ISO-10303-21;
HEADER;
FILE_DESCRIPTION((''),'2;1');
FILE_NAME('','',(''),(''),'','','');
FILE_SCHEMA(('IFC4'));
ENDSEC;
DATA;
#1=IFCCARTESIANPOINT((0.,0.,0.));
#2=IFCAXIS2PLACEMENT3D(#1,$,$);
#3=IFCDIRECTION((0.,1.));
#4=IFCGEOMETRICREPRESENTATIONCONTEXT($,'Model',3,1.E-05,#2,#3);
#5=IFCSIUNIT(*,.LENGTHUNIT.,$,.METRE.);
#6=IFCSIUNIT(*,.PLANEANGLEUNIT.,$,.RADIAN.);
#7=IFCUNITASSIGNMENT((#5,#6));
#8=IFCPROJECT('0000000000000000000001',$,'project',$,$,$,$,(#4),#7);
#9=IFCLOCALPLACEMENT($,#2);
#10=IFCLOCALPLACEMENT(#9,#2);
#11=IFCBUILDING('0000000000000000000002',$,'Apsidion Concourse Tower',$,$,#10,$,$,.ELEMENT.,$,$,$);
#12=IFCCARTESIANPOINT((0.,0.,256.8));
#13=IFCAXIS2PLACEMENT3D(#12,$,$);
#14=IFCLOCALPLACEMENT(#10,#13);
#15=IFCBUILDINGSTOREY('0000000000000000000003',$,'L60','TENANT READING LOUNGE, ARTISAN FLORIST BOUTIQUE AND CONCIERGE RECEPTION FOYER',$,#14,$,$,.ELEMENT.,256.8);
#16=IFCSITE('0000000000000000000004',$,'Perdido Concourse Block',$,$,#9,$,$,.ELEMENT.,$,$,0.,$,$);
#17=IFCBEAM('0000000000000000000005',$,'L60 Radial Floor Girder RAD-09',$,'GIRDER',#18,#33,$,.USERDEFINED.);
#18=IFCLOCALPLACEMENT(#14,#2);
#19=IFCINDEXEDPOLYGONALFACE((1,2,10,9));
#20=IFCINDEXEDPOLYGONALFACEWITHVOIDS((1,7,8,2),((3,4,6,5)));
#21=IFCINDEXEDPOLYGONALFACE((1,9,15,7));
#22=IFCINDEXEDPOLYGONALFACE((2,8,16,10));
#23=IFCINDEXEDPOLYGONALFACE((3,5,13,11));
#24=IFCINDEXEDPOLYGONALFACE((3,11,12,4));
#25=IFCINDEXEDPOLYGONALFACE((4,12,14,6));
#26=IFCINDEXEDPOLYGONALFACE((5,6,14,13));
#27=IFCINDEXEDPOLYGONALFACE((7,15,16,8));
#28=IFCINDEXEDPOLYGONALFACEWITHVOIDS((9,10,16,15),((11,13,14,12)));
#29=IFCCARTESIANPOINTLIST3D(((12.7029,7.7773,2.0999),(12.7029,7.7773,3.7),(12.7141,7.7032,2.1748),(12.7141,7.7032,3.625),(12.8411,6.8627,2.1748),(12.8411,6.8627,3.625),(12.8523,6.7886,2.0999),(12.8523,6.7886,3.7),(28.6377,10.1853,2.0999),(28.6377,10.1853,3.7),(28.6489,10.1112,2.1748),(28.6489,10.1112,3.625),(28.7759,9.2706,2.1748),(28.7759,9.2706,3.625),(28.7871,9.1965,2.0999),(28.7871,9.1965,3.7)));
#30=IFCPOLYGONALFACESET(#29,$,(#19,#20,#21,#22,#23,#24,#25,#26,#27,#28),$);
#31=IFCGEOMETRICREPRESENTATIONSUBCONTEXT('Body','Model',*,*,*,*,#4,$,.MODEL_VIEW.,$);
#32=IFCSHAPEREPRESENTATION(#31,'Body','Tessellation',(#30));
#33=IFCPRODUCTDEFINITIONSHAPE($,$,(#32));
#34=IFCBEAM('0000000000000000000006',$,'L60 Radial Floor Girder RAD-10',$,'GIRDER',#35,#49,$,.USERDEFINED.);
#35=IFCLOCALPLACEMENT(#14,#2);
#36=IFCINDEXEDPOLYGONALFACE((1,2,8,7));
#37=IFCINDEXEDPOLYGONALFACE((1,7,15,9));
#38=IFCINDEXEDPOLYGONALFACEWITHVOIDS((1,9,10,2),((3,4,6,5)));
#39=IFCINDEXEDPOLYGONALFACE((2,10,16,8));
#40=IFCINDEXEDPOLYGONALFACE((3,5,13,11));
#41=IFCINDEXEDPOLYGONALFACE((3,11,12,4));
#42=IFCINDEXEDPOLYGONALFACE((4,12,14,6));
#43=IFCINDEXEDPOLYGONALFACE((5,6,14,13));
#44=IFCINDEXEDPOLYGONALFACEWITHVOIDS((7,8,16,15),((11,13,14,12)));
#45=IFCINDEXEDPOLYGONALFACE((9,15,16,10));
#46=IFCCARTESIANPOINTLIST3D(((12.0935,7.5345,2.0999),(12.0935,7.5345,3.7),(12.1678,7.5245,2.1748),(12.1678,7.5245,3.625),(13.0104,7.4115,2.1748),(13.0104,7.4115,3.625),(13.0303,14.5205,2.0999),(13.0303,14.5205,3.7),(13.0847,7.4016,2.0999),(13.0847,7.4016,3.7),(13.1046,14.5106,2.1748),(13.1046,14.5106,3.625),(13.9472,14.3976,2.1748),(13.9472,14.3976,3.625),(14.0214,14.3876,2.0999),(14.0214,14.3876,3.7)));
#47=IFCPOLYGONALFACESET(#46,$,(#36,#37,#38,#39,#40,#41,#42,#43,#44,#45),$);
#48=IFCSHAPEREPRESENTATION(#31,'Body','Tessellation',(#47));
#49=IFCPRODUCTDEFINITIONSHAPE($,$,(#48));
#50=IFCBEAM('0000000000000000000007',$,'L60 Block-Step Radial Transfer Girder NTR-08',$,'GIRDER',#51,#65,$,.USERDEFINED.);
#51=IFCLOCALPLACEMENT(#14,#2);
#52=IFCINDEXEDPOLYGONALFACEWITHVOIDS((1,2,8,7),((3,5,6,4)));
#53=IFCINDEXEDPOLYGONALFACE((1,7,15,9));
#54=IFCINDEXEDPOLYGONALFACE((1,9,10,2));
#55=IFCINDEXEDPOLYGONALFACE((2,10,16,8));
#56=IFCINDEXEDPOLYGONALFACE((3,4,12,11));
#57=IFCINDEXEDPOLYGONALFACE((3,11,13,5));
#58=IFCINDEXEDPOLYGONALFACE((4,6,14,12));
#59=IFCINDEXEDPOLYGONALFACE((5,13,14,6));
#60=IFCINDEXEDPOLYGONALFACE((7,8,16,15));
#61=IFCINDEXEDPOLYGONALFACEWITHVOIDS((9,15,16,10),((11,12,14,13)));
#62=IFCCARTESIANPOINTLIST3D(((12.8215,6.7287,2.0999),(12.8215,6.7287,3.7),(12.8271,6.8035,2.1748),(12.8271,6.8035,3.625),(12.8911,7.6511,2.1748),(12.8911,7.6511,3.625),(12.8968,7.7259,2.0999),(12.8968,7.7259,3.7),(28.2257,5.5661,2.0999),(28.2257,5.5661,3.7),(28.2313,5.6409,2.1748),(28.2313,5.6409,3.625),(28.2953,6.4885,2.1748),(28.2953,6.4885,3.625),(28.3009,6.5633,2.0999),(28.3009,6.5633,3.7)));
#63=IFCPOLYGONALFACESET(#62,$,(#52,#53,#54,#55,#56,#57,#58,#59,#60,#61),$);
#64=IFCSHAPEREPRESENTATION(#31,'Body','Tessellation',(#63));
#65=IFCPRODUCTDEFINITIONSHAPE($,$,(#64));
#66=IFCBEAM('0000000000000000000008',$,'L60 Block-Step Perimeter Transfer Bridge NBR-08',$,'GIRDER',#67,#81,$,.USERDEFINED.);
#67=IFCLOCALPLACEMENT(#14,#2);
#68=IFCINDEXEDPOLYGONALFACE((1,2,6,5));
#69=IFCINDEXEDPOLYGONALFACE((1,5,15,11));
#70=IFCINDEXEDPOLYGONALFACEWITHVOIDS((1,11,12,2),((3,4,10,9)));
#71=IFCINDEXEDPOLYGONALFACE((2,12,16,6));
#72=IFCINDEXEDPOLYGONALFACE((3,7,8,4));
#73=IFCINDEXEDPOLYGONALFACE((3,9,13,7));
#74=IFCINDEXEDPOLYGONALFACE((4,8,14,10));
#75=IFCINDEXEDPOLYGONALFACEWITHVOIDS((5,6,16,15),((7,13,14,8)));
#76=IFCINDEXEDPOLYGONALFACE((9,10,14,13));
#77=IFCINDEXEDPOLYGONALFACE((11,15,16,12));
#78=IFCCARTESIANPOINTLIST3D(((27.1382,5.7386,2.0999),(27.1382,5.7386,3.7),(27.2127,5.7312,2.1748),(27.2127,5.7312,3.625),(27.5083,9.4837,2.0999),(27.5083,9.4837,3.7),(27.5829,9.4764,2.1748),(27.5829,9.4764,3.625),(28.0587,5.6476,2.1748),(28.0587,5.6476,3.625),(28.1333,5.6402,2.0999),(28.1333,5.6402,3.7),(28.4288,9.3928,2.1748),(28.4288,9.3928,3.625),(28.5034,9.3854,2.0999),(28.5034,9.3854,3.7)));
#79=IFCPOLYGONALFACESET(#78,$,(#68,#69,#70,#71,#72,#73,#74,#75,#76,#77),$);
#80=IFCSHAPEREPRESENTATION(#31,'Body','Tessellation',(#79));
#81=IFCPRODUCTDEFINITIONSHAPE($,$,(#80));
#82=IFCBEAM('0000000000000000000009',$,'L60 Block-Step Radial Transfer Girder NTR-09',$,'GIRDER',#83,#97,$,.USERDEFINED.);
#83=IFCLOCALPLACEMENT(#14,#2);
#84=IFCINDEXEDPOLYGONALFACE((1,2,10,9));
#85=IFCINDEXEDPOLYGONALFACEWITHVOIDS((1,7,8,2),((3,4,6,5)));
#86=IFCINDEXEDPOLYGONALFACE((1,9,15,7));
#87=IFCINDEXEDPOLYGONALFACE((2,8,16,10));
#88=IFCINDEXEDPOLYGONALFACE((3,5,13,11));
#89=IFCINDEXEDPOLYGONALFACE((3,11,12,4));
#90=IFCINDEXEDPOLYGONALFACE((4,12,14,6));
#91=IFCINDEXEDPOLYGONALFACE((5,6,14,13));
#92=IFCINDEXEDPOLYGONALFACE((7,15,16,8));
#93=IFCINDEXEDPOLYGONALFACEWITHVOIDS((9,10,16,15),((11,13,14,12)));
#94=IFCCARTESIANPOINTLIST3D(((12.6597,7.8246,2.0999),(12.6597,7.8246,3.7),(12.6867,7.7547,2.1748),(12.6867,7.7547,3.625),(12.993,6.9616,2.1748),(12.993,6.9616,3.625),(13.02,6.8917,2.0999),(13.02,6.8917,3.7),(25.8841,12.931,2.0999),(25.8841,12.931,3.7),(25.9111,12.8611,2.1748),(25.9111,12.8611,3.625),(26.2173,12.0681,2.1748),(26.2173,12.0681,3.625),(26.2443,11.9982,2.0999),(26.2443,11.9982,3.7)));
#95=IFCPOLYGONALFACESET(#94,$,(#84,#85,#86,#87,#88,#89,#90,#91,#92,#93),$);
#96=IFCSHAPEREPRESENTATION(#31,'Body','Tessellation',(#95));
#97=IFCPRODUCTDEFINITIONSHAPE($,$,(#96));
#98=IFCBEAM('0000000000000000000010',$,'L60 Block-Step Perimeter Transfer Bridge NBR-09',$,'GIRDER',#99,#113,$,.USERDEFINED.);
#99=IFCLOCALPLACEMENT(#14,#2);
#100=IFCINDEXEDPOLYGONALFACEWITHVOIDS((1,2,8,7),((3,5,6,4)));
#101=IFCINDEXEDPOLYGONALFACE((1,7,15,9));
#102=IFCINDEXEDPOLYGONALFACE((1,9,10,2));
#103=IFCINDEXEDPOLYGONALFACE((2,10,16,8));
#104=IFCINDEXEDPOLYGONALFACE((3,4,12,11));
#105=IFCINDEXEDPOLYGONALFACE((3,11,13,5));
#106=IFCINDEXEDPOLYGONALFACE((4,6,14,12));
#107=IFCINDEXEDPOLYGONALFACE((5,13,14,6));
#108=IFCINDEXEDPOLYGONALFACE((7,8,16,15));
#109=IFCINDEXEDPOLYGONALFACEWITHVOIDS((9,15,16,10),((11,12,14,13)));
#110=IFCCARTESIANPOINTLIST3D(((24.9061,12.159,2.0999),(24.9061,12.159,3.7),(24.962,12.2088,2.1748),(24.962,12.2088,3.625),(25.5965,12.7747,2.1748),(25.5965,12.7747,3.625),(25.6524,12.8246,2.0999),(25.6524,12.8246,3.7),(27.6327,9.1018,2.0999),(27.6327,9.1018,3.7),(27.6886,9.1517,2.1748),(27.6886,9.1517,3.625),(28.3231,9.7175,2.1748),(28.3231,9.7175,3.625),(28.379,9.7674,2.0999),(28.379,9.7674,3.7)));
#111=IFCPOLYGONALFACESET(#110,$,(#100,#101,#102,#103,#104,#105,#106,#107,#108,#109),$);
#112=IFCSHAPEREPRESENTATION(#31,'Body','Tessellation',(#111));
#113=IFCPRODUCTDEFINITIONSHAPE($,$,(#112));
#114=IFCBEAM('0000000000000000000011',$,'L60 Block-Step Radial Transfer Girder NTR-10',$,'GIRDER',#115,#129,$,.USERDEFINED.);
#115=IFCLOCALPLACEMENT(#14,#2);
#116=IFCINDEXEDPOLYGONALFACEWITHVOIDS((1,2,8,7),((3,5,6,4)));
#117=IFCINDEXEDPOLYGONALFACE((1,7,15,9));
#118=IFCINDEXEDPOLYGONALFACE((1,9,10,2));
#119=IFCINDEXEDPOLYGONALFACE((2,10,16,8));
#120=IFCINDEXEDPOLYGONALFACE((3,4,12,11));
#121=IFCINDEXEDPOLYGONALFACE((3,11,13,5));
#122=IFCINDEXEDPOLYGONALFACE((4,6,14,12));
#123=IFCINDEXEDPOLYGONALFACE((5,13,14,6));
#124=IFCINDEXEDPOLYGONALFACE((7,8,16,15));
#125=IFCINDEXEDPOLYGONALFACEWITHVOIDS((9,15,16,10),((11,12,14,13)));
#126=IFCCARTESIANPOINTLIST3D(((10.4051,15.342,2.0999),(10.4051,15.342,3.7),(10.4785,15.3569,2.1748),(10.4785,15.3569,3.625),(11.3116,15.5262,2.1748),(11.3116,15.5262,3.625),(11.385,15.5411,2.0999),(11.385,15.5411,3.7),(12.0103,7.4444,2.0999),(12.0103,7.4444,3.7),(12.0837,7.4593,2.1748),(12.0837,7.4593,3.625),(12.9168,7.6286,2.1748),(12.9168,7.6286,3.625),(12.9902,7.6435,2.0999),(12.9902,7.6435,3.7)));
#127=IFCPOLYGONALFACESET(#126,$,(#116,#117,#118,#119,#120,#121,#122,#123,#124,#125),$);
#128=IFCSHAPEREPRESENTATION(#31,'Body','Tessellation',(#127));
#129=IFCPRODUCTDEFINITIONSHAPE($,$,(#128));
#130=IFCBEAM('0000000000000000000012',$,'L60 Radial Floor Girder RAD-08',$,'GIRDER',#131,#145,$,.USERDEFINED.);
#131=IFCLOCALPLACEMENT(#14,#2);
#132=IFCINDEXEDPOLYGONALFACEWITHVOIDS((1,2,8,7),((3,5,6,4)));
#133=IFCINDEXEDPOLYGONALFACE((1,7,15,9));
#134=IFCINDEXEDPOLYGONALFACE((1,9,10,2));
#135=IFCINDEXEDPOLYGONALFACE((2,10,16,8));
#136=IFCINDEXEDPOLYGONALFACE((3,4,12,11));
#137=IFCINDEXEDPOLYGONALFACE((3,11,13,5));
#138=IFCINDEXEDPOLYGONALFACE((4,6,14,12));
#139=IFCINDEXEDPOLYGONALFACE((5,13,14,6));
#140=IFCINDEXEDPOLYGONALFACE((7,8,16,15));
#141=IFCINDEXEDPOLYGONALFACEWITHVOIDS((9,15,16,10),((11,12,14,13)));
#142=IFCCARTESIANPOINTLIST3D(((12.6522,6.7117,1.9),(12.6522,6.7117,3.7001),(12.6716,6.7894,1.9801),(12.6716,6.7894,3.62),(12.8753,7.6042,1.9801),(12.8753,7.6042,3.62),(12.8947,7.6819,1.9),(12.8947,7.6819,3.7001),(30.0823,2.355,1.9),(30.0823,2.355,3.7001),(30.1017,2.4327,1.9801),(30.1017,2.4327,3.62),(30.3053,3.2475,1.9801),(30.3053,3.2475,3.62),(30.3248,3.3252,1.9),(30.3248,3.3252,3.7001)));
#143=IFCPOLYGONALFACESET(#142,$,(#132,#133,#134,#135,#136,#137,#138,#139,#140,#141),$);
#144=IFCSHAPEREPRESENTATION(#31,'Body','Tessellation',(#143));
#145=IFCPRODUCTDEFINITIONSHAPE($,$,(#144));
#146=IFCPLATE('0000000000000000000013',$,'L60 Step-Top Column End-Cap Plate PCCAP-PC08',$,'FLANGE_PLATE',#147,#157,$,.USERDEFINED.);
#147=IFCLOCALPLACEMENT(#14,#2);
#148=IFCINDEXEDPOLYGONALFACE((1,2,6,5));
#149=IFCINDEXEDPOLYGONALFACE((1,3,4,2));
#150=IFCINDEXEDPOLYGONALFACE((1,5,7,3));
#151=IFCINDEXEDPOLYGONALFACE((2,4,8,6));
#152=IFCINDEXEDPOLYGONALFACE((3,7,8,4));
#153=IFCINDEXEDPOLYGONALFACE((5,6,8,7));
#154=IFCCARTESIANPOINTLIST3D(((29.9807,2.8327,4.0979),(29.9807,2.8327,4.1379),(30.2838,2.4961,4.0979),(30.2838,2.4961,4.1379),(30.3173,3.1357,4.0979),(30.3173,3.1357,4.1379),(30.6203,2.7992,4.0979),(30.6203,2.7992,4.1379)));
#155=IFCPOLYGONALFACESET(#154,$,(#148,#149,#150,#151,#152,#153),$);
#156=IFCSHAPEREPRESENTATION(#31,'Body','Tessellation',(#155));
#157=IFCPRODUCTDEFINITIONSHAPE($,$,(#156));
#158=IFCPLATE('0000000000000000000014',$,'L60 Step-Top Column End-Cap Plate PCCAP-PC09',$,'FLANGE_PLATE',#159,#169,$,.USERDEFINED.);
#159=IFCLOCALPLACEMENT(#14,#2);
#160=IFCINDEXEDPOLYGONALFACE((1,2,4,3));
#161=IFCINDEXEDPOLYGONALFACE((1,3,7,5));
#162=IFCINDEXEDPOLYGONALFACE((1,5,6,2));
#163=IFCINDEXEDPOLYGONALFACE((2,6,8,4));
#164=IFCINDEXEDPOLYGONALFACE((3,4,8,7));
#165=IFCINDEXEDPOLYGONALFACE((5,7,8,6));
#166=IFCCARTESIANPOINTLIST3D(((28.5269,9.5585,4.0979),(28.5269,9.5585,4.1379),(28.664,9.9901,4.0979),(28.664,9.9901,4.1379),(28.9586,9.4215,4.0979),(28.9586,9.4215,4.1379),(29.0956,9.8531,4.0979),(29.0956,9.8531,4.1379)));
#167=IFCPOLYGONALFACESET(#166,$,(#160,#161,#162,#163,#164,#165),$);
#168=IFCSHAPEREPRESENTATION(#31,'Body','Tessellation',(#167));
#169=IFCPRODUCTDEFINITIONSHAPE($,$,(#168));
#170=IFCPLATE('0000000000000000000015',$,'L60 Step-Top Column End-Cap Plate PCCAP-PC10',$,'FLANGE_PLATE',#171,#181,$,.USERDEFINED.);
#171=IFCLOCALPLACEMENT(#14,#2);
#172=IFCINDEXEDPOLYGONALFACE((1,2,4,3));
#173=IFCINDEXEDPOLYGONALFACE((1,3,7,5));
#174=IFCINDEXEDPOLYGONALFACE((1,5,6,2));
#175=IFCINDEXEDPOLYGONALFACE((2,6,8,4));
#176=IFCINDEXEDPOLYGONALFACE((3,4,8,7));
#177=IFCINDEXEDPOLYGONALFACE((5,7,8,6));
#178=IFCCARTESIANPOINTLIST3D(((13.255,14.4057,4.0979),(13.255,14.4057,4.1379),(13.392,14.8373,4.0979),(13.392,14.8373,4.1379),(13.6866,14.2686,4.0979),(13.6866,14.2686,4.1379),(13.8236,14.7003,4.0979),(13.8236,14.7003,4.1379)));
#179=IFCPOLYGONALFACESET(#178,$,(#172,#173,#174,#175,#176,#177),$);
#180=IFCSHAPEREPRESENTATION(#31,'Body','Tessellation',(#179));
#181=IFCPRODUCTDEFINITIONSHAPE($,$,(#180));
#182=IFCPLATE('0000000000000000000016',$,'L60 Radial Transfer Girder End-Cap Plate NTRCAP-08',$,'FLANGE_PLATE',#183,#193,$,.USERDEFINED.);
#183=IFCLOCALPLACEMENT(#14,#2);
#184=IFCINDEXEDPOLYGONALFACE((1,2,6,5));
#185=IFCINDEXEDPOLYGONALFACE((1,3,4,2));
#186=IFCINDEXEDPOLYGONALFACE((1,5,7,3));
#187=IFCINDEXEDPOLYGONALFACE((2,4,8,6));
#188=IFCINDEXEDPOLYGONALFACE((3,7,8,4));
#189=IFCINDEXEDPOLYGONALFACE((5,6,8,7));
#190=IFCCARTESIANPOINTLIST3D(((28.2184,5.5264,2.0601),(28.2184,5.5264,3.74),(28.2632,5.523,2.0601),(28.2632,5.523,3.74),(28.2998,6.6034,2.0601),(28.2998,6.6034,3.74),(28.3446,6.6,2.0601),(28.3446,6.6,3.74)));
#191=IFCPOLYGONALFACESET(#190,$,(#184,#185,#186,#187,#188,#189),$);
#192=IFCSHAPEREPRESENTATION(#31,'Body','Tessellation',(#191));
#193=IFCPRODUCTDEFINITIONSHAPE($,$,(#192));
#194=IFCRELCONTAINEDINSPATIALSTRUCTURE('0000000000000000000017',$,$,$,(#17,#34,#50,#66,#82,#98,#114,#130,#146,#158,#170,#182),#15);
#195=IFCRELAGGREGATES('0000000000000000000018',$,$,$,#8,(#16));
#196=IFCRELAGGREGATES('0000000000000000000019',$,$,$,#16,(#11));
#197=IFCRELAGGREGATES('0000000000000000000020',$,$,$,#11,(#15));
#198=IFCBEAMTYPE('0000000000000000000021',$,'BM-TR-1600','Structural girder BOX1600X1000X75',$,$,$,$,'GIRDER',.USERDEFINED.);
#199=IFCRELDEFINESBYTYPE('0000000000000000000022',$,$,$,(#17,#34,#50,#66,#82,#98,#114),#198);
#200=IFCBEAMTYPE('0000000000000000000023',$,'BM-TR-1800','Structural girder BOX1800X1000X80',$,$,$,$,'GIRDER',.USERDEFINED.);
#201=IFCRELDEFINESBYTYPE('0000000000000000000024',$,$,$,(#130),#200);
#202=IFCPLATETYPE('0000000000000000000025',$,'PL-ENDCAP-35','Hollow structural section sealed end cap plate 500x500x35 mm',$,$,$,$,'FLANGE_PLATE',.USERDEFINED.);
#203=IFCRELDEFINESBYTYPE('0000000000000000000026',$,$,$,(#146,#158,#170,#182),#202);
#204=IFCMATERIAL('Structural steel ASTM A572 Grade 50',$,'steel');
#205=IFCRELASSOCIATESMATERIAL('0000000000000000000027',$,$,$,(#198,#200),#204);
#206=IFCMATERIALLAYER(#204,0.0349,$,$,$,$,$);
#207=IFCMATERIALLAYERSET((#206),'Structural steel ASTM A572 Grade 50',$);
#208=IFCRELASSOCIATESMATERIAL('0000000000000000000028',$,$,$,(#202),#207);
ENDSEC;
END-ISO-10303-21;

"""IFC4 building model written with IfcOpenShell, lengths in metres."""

from ifc_helpers import new_model, si_unit, direction, frame, origin, origin_2d, place, context, subcontext, project, spatial, rectangle, hollow_rectangle, extrude, material, layer, layer_set, material_profile, profile_set, type_object, element, save


model = new_model("IFC4")

# Units and contexts
model_context = context("Model", 3, precision=1e-05, world=origin(), true_north=direction((0.0, 1.0)))
body_context = subcontext(model_context, "Body", "Model", "MODEL_VIEW")
ifc_project = project(units=[si_unit("LENGTHUNIT", "METRE"), si_unit("PLANEANGLEUNIT", "RADIAN")], contexts=[model_context])

# Site, building, storey
site_placement = place(None, origin())
site = spatial("IfcSite", under=ifc_project, at=site_placement, Name="Perdido Concourse Block", CompositionType="ELEMENT", RefElevation=0.0)
building_placement = place(site_placement, origin())
building = spatial("IfcBuilding", under=site, at=building_placement, Name="Apsidion Concourse Tower", CompositionType="ELEMENT")
storey_placement = place(building_placement, frame((0.0, 0.0, 256.8)))
storey = spatial("IfcBuildingStorey", under=building, at=storey_placement, Name="L60", Description="TENANT READING LOUNGE, ARTISAN FLORIST BOUTIQUE AND CONCIERGE RECEPTION FOYER", CompositionType="ELEMENT", Elevation=256.8)

# Beams
ifc_material_1 = material(Name="Structural steel ASTM A572 Grade 50", Category="steel")
ifc_material_profile_1 = material_profile(ifc_material_1, hollow_rectangle(XDim=1.0, YDim=1.6001, WallThickness=0.075, at=origin_2d()), Name="BOX1600X1000X75")
ifc_profile_set_1 = profile_set([ifc_material_profile_1], Name="Structural steel ASTM A572 Grade 50")
beam_type_1 = type_object("IfcBeamType", Name="BM-TR-1600", Description="Structural girder BOX1600X1000X75", ElementType="GIRDER", PredefinedType="USERDEFINED", material=ifc_profile_set_1)
beam_1_placement = place(storey_placement, frame((12.7776, 7.283, 2.8999), z_axis=(0.988774, 0.149417, 0.0), x_axis=(-0.149417, 0.988774, 0.0)))
element("IfcBeam", 1, at=beam_1_placement, inside=storey, type_object=beam_type_1, Name="L60 Radial Floor Girder RAD-09", ObjectType="GIRDER", PredefinedType="USERDEFINED", context=body_context, shape_type="SweptSolid", body=[
    extrude(hollow_rectangle(XDim=1.0, YDim=1.6001, WallThickness=0.075, at=origin_2d()), origin(), (0.0, 0.0, 1.0), 16.1157),
])
beam_2_placement = place(storey_placement, frame((12.5891, 7.468, 2.8999), z_axis=(0.132901, 0.991129, 0.0), x_axis=(-0.991129, 0.132901, 0.0)))
element("IfcBeam", 2, at=beam_2_placement, inside=storey, type_object=beam_type_1, Name="L60 Radial Floor Girder RAD-10", ObjectType="GIRDER", PredefinedType="USERDEFINED", context=body_context, shape_type="SweptSolid", body=[
    extrude(hollow_rectangle(XDim=1.0, YDim=1.6001, WallThickness=0.075, at=origin_2d()), origin(), (0.0, 0.0, 1.0), 7.0486),
])
beam_3_placement = place(storey_placement, frame((12.8591, 7.2273, 2.8999), z_axis=(0.997164, -0.075258, 0.0), x_axis=(0.075258, 0.997164, 0.0)))
element("IfcBeam", 3, at=beam_3_placement, inside=storey, type_object=beam_type_1, Name="L60 Block-Step Radial Transfer Girder NTR-08", ObjectType="GIRDER", PredefinedType="USERDEFINED", context=body_context, shape_type="SweptSolid", body=[
    extrude(hollow_rectangle(XDim=1.0, YDim=1.6001, WallThickness=0.075, at=origin_2d()), origin(), (0.0, 0.0, 1.0), 15.448),
])
beam_4_placement = place(storey_placement, frame((28.0059, 9.4346, 2.8999), z_axis=(-0.098347, -0.995152, 0.0), x_axis=(0.995152, -0.098347, 0.0)))
element("IfcBeam", 4, at=beam_4_placement, inside=storey, type_object=beam_type_1, Name="L60 Block-Step Perimeter Transfer Bridge NBR-08", ObjectType="GIRDER", PredefinedType="USERDEFINED", context=body_context, shape_type="SweptSolid", body=[
    extrude(hollow_rectangle(XDim=1.0, YDim=1.6001, WallThickness=0.075, at=origin_2d()), origin(), (0.0, 0.0, 1.0), 3.7634),
])
beam_5_placement = place(storey_placement, frame((12.8398, 7.3582, 2.8999), z_axis=(0.932869, 0.360217, 0.0), x_axis=(-0.360217, 0.932869, 0.0)))
element("IfcBeam", 5, at=beam_5_placement, inside=storey, type_object=beam_type_1, Name="L60 Block-Step Radial Transfer Girder NTR-09", ObjectType="GIRDER", PredefinedType="USERDEFINED", context=body_context, shape_type="SweptSolid", body=[
    extrude(hollow_rectangle(XDim=1.0, YDim=1.6001, WallThickness=0.075, at=origin_2d()), origin(), (0.0, 0.0, 1.0), 14.176),
])
beam_6_placement = place(storey_placement, frame((28.0059, 9.4346, 2.8999), z_axis=(-0.665606, 0.746303, 0.0), x_axis=(-0.746303, -0.665606, 0.0)))
element("IfcBeam", 6, at=beam_6_placement, inside=storey, type_object=beam_type_1, Name="L60 Block-Step Perimeter Transfer Bridge NBR-09", ObjectType="GIRDER", PredefinedType="USERDEFINED", context=body_context, shape_type="SweptSolid", body=[
    extrude(hollow_rectangle(XDim=1.0, YDim=1.6001, WallThickness=0.075, at=origin_2d()), origin(), (0.0, 0.0, 1.0), 4.0964),
])
beam_7_placement = place(storey_placement, frame((12.5002, 7.5439, 2.8999), z_axis=(-0.199179, 0.979963, 0.0), x_axis=(-0.979963, -0.199179, 0.0)))
element("IfcBeam", 7, at=beam_7_placement, inside=storey, type_object=beam_type_1, Name="L60 Block-Step Radial Transfer Girder NTR-10", ObjectType="GIRDER", PredefinedType="USERDEFINED", context=body_context, shape_type="SweptSolid", body=[
    extrude(hollow_rectangle(XDim=1.0, YDim=1.6001, WallThickness=0.075, at=origin_2d()), origin(), (0.0, 0.0, 1.0), 8.0591),
])
ifc_material_profile_2 = material_profile(ifc_material_1, hollow_rectangle(XDim=1.0, YDim=1.8, WallThickness=0.0801, at=origin_2d()), Name="BOX1800X1000X80")
ifc_profile_set_2 = profile_set([ifc_material_profile_2], Name="Structural steel ASTM A572 Grade 50")
beam_type_2 = type_object("IfcBeamType", Name="BM-TR-1800", Description="Structural girder BOX1800X1000X80", ElementType="GIRDER", PredefinedType="USERDEFINED", material=ifc_profile_set_2)
beam_8_placement = place(storey_placement, frame((12.7734, 7.1968, 2.8), z_axis=(0.970154, -0.242491, 0.0), x_axis=(0.242491, 0.970154, 0.0)))
element("IfcBeam", 8, at=beam_8_placement, inside=storey, type_object=beam_type_2, Name="L60 Radial Floor Girder RAD-08", ObjectType="GIRDER", PredefinedType="USERDEFINED", context=body_context, shape_type="SweptSolid", body=[
    extrude(hollow_rectangle(XDim=1.0, YDim=1.8, WallThickness=0.0801, at=origin_2d()), origin(), (0.0, 0.0, 1.0), 17.9663),
])

# Plates
ifc_layer_1 = layer(ifc_material_1, 0.0349)
ifc_layer_set_1 = layer_set([ifc_layer_1], Name="Structural steel ASTM A572 Grade 50")
plate_type = type_object("IfcPlateType", Name="PL-ENDCAP-35", Description="Hollow structural section sealed end cap plate 500x500x35 mm", ElementType="FLANGE_PLATE", PredefinedType="USERDEFINED", material=ifc_layer_set_1)
for number, where, z_axis, x_axis, name in (
    (9, (30.3005, 2.8159, 4.0979), (0.0, 0.0, 1.0), (0.743145, 0.669131, 0.0), "L60 Step-Top Column End-Cap Plate PCCAP-PC08"),
    (10, (28.8113, 9.7058, 4.0979), (0.0, 0.0, 1.0), (-0.953138, 0.302536, 0.0), "L60 Step-Top Column End-Cap Plate PCCAP-PC09"),
    (11, (13.5393, 14.553, 4.0979), (0.0, 0.0, 1.0), (-0.953138, 0.302536, 0.0), "L60 Step-Top Column End-Cap Plate PCCAP-PC10"),
):
    element("IfcPlate", number, at=place(storey_placement, frame(where, z_axis=z_axis, x_axis=x_axis)), inside=storey, type_object=plate_type, Name=name, ObjectType="FLANGE_PLATE", PredefinedType="USERDEFINED", context=body_context, shape_type="SweptSolid", body=[
        extrude(rectangle(XDim=0.4529, YDim=0.4529, at=origin_2d()), origin(), (0.0, 0.0, 1.0), 0.04),
    ])
for number, where, z_axis, x_axis, name in (
    (12, (28.2815, 6.0632, 2.0601), (0.0, 0.0, 1.0), (0.997159, -0.075327, 0.0), "L60 Radial Transfer Girder End-Cap Plate NTRCAP-08"),
):
    element("IfcPlate", number, at=place(storey_placement, frame(where, z_axis=z_axis, x_axis=x_axis)), inside=storey, type_object=plate_type, Name=name, ObjectType="FLANGE_PLATE", PredefinedType="USERDEFINED", context=body_context, shape_type="SweptSolid", body=[
        extrude(rectangle(XDim=0.0449, YDim=1.0801, at=origin_2d()), origin(), (0.0, 0.0, 1.0), 1.6799),
    ])

save(model, "model.ifc")
